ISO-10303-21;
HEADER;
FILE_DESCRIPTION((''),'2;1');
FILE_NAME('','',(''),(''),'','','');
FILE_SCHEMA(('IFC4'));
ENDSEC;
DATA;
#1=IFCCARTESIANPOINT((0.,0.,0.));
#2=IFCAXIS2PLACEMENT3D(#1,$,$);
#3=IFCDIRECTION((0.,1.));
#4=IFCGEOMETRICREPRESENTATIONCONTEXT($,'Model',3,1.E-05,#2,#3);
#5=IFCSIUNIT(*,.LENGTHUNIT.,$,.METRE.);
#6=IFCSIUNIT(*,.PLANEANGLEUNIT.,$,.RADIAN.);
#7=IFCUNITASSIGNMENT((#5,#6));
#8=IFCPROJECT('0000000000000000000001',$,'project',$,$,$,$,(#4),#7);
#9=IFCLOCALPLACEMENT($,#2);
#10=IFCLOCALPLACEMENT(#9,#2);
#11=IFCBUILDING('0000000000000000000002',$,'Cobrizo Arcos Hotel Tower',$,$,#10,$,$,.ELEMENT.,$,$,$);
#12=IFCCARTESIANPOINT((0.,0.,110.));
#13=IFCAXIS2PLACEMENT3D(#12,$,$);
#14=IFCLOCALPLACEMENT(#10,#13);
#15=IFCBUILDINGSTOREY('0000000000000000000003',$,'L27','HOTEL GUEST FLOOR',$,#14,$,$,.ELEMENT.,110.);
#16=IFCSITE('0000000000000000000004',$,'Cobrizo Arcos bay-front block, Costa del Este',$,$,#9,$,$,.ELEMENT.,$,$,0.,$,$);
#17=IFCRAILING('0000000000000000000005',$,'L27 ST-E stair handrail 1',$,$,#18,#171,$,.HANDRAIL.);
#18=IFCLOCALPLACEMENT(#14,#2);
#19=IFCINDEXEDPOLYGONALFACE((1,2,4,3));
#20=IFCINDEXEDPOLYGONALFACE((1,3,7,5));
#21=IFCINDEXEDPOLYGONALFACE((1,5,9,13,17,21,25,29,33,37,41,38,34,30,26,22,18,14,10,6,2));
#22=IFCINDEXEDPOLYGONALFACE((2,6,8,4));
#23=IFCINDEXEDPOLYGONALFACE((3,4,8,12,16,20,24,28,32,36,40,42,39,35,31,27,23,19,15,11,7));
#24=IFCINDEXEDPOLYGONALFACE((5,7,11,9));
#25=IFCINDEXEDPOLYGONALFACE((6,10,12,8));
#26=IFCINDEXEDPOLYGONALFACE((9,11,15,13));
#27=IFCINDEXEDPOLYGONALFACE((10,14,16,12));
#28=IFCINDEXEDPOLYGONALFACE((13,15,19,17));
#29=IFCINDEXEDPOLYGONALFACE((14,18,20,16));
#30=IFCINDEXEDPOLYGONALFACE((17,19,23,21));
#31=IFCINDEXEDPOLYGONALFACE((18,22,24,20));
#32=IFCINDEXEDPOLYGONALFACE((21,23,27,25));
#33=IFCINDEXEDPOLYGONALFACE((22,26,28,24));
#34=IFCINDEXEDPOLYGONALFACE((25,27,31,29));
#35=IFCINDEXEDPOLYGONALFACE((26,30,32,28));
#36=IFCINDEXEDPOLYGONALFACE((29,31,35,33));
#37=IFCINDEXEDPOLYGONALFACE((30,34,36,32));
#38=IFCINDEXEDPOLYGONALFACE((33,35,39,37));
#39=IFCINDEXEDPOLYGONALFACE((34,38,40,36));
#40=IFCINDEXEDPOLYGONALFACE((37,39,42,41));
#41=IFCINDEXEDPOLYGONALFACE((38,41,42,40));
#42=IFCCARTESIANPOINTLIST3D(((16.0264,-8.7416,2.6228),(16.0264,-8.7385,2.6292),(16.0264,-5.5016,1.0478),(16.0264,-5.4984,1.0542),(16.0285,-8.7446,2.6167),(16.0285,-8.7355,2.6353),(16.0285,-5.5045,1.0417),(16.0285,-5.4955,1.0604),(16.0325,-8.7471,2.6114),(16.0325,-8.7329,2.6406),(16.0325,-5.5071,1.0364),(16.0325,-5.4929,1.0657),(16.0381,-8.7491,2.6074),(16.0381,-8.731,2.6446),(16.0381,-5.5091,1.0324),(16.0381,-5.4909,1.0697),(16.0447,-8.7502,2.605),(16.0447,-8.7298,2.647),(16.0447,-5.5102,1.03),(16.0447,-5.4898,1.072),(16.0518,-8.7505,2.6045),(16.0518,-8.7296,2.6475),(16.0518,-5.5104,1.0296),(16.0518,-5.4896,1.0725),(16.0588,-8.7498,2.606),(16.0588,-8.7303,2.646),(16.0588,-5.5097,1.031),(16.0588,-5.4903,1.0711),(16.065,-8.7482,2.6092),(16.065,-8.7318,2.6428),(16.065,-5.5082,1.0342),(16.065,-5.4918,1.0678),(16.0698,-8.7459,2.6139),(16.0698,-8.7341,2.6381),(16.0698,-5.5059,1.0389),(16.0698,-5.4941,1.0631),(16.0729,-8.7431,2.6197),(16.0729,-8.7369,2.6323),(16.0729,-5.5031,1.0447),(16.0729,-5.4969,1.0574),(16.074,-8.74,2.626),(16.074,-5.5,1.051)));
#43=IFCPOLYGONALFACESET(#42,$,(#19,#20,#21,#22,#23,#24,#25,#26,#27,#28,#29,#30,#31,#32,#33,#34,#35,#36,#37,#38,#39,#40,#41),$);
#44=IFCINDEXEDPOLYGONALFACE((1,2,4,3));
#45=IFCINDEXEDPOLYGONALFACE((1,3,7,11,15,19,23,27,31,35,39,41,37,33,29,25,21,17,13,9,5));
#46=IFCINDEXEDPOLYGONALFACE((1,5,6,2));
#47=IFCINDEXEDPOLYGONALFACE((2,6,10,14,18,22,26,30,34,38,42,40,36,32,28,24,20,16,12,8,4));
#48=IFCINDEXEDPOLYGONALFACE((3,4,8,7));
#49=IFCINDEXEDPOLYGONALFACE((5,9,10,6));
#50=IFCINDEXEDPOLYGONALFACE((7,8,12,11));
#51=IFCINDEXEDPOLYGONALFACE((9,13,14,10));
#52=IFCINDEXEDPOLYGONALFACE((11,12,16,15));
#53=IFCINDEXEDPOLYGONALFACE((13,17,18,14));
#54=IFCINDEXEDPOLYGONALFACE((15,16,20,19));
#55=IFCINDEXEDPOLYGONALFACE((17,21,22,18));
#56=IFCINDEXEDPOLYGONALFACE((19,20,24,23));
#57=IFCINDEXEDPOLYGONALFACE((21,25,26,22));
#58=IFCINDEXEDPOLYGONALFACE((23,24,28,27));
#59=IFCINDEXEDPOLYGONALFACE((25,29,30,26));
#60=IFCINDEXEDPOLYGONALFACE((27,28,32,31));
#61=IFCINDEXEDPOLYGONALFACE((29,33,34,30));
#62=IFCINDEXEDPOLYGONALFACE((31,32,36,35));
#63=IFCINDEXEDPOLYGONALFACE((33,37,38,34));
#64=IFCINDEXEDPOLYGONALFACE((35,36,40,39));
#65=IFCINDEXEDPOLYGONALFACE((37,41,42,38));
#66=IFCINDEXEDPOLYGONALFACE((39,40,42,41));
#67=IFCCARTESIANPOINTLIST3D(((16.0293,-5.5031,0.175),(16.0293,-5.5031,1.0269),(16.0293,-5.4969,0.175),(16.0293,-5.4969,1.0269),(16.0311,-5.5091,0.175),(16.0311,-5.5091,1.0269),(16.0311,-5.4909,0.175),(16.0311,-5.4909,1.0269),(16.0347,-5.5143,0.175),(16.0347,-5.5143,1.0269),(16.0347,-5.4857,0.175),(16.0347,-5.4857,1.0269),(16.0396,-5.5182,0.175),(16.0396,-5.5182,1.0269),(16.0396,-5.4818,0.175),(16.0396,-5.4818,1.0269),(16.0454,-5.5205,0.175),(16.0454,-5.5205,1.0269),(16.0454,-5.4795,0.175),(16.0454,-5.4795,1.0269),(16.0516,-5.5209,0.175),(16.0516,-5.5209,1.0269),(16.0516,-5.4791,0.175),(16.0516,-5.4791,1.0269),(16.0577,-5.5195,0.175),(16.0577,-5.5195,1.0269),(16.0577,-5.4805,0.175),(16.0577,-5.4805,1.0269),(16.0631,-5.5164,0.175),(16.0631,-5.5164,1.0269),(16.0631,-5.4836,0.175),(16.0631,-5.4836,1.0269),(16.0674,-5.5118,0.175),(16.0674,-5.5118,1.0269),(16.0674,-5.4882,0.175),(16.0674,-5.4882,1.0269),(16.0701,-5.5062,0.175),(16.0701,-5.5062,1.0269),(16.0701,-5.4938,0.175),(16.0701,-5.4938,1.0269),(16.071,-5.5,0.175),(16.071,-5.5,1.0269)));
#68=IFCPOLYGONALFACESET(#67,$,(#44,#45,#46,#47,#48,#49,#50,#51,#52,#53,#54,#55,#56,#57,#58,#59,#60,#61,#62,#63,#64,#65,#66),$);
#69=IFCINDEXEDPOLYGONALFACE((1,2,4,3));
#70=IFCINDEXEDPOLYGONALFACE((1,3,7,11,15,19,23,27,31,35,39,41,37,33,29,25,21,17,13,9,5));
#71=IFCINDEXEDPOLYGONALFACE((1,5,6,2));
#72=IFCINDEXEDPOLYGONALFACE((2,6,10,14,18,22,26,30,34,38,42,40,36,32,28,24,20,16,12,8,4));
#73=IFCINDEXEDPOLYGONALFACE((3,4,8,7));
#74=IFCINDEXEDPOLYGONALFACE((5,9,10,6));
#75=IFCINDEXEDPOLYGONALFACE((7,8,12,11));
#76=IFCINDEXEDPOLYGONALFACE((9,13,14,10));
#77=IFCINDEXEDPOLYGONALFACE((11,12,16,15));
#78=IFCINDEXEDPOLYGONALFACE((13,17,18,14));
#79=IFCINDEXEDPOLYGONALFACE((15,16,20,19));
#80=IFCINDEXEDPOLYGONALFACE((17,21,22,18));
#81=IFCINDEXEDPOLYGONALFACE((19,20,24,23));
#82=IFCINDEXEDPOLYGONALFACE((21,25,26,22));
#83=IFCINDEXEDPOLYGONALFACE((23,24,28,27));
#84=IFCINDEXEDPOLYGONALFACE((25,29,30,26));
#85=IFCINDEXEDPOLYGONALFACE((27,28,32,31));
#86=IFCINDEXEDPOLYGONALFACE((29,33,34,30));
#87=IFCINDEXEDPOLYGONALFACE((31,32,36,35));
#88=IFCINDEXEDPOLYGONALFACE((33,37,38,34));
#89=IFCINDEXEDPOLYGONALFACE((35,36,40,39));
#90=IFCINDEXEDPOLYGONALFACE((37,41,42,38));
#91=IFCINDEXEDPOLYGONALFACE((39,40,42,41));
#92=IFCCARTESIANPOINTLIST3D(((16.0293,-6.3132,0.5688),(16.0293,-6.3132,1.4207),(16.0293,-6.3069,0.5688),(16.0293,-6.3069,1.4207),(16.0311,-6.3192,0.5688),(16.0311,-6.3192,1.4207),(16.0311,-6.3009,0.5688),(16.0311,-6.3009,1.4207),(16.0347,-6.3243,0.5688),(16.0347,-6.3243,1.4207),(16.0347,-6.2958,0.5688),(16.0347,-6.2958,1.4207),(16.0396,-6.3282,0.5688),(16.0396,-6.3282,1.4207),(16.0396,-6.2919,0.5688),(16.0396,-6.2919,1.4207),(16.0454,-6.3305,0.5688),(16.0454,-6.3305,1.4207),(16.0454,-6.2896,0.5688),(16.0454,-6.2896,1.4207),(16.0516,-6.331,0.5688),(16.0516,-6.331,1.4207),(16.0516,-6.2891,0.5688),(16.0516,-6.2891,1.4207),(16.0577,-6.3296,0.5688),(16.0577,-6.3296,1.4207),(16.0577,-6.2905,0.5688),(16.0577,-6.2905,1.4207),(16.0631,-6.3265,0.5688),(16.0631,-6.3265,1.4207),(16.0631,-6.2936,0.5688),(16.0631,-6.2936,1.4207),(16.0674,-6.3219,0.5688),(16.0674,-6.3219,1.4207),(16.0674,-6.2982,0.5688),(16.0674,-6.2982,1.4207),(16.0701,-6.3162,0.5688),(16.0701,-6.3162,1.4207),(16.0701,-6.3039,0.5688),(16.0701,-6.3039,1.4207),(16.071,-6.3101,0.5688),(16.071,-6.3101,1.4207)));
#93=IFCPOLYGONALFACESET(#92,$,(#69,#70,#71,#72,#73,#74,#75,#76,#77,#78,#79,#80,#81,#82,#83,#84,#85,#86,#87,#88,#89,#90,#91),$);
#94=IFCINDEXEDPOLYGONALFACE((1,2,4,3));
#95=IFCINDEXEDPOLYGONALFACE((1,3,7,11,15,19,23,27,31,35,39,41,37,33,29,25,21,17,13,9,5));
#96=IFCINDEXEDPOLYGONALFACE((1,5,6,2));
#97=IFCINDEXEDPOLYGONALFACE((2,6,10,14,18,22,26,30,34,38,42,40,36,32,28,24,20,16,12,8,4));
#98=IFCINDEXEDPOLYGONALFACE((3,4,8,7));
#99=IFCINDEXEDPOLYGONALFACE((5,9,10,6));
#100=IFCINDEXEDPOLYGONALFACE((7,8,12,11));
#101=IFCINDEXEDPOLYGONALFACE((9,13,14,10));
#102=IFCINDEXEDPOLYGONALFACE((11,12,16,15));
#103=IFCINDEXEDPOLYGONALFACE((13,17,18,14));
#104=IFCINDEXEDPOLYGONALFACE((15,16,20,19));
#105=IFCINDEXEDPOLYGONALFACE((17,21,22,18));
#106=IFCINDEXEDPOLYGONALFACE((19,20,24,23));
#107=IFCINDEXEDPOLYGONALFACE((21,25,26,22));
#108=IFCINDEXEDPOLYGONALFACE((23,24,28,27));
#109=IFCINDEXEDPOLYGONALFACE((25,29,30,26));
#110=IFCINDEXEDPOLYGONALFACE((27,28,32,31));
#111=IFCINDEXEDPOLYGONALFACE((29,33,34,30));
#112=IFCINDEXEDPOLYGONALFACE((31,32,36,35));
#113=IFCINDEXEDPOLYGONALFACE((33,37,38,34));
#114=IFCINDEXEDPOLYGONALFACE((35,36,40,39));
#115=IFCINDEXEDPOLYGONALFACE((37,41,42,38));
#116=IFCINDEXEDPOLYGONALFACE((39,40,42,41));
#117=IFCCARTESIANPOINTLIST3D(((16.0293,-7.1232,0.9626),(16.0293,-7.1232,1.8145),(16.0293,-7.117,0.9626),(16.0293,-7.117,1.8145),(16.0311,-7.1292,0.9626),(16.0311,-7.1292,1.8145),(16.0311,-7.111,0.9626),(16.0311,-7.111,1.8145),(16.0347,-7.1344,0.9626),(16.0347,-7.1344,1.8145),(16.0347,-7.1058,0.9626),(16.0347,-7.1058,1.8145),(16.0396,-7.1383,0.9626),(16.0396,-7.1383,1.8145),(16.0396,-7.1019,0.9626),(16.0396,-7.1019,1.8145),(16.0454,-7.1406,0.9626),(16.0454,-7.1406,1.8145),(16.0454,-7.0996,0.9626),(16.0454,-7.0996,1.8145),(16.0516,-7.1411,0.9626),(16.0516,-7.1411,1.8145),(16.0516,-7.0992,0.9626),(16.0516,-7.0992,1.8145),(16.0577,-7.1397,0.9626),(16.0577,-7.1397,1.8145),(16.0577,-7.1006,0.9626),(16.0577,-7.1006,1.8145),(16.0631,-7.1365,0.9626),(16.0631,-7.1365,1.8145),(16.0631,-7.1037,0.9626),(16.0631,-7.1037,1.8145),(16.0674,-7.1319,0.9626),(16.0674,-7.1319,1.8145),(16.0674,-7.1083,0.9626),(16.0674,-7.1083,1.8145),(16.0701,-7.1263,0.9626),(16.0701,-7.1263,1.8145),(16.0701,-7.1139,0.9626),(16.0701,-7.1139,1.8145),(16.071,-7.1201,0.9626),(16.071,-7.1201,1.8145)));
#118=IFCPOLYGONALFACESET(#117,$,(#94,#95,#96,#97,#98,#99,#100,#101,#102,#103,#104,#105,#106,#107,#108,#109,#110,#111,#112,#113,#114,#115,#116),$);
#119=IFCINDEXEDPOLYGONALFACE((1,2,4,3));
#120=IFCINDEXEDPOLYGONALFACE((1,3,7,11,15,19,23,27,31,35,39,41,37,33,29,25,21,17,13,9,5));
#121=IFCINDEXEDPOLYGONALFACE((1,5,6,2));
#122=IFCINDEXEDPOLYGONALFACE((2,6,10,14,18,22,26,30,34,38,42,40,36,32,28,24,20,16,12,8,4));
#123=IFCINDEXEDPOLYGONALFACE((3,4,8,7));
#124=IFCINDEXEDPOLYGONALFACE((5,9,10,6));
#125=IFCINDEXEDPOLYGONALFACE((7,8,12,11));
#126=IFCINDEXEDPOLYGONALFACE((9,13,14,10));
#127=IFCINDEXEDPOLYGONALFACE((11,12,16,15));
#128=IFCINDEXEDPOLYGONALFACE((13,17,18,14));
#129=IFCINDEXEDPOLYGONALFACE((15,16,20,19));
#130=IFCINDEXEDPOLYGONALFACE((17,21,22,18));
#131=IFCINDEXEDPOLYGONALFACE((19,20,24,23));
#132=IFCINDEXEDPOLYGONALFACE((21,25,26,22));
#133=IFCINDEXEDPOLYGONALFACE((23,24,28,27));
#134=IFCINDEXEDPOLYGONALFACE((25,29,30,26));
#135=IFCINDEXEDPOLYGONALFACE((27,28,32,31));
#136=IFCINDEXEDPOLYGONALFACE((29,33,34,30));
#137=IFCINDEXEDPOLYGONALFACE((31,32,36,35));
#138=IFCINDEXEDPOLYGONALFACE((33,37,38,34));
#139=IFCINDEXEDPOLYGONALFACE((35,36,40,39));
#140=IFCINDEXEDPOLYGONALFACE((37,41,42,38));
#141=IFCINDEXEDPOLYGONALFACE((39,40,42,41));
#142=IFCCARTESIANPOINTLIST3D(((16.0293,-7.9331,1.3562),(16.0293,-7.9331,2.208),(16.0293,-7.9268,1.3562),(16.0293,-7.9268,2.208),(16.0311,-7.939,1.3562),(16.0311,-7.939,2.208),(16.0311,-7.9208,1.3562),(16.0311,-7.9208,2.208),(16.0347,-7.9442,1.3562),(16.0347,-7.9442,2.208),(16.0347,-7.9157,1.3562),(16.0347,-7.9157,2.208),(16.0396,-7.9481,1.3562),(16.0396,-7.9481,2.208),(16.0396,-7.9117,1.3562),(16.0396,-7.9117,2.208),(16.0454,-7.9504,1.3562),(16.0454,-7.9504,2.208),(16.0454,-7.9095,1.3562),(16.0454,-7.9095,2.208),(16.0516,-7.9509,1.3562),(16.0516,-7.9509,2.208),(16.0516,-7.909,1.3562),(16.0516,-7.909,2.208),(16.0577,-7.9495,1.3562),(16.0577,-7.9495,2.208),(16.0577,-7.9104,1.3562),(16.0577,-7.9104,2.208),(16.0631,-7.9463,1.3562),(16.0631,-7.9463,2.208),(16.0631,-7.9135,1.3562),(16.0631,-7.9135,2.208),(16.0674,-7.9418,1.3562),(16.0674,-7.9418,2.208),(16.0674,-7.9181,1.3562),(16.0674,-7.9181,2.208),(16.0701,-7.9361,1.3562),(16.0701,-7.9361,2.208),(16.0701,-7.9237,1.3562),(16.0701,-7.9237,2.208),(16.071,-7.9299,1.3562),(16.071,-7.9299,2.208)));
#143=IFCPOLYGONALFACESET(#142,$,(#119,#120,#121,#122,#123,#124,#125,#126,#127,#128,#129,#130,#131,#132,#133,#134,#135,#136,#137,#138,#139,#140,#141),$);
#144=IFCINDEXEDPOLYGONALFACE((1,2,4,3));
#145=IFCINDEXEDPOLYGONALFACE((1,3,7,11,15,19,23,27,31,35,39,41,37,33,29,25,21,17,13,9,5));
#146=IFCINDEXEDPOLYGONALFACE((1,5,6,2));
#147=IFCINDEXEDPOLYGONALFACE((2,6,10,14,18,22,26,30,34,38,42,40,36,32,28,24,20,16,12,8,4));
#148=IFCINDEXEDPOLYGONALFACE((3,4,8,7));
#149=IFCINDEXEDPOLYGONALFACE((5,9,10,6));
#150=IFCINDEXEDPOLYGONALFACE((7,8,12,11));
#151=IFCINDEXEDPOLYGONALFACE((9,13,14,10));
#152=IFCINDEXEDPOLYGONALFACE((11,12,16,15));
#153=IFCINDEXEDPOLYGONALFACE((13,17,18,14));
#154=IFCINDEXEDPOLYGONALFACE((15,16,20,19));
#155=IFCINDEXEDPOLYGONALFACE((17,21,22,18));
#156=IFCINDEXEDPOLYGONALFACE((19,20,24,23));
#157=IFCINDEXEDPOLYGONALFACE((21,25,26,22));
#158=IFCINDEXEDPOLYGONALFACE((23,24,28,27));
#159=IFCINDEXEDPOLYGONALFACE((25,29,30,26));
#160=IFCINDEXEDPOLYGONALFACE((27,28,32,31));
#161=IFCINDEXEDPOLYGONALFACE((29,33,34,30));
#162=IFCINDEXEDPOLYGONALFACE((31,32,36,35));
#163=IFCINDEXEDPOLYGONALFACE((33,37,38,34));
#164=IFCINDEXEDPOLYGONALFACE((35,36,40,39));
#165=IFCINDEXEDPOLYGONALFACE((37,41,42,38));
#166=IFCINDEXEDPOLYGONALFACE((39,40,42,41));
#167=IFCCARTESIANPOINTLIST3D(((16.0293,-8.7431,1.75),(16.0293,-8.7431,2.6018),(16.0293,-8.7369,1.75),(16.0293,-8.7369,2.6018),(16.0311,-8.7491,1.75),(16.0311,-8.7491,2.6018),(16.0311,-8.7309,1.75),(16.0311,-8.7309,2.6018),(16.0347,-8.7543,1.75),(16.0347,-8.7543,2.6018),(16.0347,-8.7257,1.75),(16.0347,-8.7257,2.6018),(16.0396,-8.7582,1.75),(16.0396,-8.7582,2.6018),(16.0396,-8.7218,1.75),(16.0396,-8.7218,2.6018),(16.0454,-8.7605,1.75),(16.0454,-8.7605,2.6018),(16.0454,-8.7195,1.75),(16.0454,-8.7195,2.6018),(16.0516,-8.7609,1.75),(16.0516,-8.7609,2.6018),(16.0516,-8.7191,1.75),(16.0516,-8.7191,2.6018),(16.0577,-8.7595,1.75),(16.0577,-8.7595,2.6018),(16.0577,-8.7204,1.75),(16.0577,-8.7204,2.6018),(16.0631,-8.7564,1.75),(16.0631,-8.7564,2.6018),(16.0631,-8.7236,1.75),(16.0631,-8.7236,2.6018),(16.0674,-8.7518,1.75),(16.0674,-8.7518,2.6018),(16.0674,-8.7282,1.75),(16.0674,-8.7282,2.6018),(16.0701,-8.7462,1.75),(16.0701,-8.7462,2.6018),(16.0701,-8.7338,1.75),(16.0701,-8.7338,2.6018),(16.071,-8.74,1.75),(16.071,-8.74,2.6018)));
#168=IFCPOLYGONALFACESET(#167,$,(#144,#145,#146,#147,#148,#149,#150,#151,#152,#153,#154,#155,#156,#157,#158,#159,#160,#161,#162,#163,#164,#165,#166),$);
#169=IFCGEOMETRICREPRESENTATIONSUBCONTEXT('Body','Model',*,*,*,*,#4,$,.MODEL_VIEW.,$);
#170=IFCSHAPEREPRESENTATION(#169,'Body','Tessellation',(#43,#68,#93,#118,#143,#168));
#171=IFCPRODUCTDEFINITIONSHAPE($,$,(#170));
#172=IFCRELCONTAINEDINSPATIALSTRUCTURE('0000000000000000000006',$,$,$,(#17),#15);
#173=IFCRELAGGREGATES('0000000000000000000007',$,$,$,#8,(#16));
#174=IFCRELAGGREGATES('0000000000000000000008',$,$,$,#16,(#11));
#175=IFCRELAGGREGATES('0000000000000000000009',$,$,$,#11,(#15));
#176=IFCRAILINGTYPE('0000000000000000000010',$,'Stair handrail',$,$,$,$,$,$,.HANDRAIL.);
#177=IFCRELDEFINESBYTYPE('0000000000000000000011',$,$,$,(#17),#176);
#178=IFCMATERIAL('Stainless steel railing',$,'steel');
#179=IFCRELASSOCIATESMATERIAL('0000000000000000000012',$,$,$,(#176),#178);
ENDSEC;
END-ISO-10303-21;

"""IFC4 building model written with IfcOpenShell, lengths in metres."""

from ifc_helpers import new_model, si_unit, direction, frame, origin, origin_2d, place, context, subcontext, project, spatial, circle, extrude, material, type_object, element, save


model = new_model("IFC4")

# Units and contexts
model_context = context("Model", 3, precision=1e-05, world=origin(), true_north=direction((0.0, 1.0)))
body_context = subcontext(model_context, "Body", "Model", "MODEL_VIEW")
ifc_project = project(units=[si_unit("LENGTHUNIT", "METRE"), si_unit("PLANEANGLEUNIT", "RADIAN")], contexts=[model_context])

# Site, building, storey
site_placement = place(None, origin())
site = spatial("IfcSite", under=ifc_project, at=site_placement, Name="Cobrizo Arcos bay-front block, Costa del Este", CompositionType="ELEMENT", RefElevation=0.0)
building_placement = place(site_placement, origin())
building = spatial("IfcBuilding", under=site, at=building_placement, Name="Cobrizo Arcos Hotel Tower", CompositionType="ELEMENT")
storey_placement = place(building_placement, frame((0.0, 0.0, 110.0)))
storey = spatial("IfcBuildingStorey", under=building, at=storey_placement, Name="L27", Description="HOTEL GUEST FLOOR", CompositionType="ELEMENT", Elevation=110.0)

# Railing
ifc_material_1 = material(Name="Stainless steel railing", Category="steel")
railing_type = type_object("IfcRailingType", Name="Stair handrail", PredefinedType="HANDRAIL", material=ifc_material_1)
railing_placement = place(storey_placement, frame((16.05, -5.5, 0.175)))
element("IfcRailing", 1, at=railing_placement, inside=storey, type_object=railing_type, Name="L27 ST-E stair handrail 1", PredefinedType="HANDRAIL", context=body_context, shape_type="SweptSolid", body=[
    extrude(circle(Radius=0.0239, at=origin_2d()), frame((0.0, 0.0, 0.876), z_axis=(0.0, -0.899373, 0.437183), x_axis=(1.0, 0.0, 0.0)), (0.0, 0.0, 1.0), 3.6025),
    extrude(circle(Radius=0.021, at=origin_2d()), origin(), (0.0, 0.0, 1.0), 0.8518),
    extrude(circle(Radius=0.021, at=origin_2d()), frame((0.0, -0.8101, 0.3938)), (0.0, 0.0, 1.0), 0.8518),
    extrude(circle(Radius=0.021, at=origin_2d()), frame((0.0, -1.6201, 0.7876)), (0.0, 0.0, 1.0), 0.8518),
    extrude(circle(Radius=0.021, at=origin_2d()), frame((0.0, -2.4299, 1.1812)), (0.0, 0.0, 1.0), 0.8518),
    extrude(circle(Radius=0.021, at=origin_2d()), frame((0.0, -3.24, 1.575)), (0.0, 0.0, 1.0), 0.8518),
])

save(model, "model.ifc")
